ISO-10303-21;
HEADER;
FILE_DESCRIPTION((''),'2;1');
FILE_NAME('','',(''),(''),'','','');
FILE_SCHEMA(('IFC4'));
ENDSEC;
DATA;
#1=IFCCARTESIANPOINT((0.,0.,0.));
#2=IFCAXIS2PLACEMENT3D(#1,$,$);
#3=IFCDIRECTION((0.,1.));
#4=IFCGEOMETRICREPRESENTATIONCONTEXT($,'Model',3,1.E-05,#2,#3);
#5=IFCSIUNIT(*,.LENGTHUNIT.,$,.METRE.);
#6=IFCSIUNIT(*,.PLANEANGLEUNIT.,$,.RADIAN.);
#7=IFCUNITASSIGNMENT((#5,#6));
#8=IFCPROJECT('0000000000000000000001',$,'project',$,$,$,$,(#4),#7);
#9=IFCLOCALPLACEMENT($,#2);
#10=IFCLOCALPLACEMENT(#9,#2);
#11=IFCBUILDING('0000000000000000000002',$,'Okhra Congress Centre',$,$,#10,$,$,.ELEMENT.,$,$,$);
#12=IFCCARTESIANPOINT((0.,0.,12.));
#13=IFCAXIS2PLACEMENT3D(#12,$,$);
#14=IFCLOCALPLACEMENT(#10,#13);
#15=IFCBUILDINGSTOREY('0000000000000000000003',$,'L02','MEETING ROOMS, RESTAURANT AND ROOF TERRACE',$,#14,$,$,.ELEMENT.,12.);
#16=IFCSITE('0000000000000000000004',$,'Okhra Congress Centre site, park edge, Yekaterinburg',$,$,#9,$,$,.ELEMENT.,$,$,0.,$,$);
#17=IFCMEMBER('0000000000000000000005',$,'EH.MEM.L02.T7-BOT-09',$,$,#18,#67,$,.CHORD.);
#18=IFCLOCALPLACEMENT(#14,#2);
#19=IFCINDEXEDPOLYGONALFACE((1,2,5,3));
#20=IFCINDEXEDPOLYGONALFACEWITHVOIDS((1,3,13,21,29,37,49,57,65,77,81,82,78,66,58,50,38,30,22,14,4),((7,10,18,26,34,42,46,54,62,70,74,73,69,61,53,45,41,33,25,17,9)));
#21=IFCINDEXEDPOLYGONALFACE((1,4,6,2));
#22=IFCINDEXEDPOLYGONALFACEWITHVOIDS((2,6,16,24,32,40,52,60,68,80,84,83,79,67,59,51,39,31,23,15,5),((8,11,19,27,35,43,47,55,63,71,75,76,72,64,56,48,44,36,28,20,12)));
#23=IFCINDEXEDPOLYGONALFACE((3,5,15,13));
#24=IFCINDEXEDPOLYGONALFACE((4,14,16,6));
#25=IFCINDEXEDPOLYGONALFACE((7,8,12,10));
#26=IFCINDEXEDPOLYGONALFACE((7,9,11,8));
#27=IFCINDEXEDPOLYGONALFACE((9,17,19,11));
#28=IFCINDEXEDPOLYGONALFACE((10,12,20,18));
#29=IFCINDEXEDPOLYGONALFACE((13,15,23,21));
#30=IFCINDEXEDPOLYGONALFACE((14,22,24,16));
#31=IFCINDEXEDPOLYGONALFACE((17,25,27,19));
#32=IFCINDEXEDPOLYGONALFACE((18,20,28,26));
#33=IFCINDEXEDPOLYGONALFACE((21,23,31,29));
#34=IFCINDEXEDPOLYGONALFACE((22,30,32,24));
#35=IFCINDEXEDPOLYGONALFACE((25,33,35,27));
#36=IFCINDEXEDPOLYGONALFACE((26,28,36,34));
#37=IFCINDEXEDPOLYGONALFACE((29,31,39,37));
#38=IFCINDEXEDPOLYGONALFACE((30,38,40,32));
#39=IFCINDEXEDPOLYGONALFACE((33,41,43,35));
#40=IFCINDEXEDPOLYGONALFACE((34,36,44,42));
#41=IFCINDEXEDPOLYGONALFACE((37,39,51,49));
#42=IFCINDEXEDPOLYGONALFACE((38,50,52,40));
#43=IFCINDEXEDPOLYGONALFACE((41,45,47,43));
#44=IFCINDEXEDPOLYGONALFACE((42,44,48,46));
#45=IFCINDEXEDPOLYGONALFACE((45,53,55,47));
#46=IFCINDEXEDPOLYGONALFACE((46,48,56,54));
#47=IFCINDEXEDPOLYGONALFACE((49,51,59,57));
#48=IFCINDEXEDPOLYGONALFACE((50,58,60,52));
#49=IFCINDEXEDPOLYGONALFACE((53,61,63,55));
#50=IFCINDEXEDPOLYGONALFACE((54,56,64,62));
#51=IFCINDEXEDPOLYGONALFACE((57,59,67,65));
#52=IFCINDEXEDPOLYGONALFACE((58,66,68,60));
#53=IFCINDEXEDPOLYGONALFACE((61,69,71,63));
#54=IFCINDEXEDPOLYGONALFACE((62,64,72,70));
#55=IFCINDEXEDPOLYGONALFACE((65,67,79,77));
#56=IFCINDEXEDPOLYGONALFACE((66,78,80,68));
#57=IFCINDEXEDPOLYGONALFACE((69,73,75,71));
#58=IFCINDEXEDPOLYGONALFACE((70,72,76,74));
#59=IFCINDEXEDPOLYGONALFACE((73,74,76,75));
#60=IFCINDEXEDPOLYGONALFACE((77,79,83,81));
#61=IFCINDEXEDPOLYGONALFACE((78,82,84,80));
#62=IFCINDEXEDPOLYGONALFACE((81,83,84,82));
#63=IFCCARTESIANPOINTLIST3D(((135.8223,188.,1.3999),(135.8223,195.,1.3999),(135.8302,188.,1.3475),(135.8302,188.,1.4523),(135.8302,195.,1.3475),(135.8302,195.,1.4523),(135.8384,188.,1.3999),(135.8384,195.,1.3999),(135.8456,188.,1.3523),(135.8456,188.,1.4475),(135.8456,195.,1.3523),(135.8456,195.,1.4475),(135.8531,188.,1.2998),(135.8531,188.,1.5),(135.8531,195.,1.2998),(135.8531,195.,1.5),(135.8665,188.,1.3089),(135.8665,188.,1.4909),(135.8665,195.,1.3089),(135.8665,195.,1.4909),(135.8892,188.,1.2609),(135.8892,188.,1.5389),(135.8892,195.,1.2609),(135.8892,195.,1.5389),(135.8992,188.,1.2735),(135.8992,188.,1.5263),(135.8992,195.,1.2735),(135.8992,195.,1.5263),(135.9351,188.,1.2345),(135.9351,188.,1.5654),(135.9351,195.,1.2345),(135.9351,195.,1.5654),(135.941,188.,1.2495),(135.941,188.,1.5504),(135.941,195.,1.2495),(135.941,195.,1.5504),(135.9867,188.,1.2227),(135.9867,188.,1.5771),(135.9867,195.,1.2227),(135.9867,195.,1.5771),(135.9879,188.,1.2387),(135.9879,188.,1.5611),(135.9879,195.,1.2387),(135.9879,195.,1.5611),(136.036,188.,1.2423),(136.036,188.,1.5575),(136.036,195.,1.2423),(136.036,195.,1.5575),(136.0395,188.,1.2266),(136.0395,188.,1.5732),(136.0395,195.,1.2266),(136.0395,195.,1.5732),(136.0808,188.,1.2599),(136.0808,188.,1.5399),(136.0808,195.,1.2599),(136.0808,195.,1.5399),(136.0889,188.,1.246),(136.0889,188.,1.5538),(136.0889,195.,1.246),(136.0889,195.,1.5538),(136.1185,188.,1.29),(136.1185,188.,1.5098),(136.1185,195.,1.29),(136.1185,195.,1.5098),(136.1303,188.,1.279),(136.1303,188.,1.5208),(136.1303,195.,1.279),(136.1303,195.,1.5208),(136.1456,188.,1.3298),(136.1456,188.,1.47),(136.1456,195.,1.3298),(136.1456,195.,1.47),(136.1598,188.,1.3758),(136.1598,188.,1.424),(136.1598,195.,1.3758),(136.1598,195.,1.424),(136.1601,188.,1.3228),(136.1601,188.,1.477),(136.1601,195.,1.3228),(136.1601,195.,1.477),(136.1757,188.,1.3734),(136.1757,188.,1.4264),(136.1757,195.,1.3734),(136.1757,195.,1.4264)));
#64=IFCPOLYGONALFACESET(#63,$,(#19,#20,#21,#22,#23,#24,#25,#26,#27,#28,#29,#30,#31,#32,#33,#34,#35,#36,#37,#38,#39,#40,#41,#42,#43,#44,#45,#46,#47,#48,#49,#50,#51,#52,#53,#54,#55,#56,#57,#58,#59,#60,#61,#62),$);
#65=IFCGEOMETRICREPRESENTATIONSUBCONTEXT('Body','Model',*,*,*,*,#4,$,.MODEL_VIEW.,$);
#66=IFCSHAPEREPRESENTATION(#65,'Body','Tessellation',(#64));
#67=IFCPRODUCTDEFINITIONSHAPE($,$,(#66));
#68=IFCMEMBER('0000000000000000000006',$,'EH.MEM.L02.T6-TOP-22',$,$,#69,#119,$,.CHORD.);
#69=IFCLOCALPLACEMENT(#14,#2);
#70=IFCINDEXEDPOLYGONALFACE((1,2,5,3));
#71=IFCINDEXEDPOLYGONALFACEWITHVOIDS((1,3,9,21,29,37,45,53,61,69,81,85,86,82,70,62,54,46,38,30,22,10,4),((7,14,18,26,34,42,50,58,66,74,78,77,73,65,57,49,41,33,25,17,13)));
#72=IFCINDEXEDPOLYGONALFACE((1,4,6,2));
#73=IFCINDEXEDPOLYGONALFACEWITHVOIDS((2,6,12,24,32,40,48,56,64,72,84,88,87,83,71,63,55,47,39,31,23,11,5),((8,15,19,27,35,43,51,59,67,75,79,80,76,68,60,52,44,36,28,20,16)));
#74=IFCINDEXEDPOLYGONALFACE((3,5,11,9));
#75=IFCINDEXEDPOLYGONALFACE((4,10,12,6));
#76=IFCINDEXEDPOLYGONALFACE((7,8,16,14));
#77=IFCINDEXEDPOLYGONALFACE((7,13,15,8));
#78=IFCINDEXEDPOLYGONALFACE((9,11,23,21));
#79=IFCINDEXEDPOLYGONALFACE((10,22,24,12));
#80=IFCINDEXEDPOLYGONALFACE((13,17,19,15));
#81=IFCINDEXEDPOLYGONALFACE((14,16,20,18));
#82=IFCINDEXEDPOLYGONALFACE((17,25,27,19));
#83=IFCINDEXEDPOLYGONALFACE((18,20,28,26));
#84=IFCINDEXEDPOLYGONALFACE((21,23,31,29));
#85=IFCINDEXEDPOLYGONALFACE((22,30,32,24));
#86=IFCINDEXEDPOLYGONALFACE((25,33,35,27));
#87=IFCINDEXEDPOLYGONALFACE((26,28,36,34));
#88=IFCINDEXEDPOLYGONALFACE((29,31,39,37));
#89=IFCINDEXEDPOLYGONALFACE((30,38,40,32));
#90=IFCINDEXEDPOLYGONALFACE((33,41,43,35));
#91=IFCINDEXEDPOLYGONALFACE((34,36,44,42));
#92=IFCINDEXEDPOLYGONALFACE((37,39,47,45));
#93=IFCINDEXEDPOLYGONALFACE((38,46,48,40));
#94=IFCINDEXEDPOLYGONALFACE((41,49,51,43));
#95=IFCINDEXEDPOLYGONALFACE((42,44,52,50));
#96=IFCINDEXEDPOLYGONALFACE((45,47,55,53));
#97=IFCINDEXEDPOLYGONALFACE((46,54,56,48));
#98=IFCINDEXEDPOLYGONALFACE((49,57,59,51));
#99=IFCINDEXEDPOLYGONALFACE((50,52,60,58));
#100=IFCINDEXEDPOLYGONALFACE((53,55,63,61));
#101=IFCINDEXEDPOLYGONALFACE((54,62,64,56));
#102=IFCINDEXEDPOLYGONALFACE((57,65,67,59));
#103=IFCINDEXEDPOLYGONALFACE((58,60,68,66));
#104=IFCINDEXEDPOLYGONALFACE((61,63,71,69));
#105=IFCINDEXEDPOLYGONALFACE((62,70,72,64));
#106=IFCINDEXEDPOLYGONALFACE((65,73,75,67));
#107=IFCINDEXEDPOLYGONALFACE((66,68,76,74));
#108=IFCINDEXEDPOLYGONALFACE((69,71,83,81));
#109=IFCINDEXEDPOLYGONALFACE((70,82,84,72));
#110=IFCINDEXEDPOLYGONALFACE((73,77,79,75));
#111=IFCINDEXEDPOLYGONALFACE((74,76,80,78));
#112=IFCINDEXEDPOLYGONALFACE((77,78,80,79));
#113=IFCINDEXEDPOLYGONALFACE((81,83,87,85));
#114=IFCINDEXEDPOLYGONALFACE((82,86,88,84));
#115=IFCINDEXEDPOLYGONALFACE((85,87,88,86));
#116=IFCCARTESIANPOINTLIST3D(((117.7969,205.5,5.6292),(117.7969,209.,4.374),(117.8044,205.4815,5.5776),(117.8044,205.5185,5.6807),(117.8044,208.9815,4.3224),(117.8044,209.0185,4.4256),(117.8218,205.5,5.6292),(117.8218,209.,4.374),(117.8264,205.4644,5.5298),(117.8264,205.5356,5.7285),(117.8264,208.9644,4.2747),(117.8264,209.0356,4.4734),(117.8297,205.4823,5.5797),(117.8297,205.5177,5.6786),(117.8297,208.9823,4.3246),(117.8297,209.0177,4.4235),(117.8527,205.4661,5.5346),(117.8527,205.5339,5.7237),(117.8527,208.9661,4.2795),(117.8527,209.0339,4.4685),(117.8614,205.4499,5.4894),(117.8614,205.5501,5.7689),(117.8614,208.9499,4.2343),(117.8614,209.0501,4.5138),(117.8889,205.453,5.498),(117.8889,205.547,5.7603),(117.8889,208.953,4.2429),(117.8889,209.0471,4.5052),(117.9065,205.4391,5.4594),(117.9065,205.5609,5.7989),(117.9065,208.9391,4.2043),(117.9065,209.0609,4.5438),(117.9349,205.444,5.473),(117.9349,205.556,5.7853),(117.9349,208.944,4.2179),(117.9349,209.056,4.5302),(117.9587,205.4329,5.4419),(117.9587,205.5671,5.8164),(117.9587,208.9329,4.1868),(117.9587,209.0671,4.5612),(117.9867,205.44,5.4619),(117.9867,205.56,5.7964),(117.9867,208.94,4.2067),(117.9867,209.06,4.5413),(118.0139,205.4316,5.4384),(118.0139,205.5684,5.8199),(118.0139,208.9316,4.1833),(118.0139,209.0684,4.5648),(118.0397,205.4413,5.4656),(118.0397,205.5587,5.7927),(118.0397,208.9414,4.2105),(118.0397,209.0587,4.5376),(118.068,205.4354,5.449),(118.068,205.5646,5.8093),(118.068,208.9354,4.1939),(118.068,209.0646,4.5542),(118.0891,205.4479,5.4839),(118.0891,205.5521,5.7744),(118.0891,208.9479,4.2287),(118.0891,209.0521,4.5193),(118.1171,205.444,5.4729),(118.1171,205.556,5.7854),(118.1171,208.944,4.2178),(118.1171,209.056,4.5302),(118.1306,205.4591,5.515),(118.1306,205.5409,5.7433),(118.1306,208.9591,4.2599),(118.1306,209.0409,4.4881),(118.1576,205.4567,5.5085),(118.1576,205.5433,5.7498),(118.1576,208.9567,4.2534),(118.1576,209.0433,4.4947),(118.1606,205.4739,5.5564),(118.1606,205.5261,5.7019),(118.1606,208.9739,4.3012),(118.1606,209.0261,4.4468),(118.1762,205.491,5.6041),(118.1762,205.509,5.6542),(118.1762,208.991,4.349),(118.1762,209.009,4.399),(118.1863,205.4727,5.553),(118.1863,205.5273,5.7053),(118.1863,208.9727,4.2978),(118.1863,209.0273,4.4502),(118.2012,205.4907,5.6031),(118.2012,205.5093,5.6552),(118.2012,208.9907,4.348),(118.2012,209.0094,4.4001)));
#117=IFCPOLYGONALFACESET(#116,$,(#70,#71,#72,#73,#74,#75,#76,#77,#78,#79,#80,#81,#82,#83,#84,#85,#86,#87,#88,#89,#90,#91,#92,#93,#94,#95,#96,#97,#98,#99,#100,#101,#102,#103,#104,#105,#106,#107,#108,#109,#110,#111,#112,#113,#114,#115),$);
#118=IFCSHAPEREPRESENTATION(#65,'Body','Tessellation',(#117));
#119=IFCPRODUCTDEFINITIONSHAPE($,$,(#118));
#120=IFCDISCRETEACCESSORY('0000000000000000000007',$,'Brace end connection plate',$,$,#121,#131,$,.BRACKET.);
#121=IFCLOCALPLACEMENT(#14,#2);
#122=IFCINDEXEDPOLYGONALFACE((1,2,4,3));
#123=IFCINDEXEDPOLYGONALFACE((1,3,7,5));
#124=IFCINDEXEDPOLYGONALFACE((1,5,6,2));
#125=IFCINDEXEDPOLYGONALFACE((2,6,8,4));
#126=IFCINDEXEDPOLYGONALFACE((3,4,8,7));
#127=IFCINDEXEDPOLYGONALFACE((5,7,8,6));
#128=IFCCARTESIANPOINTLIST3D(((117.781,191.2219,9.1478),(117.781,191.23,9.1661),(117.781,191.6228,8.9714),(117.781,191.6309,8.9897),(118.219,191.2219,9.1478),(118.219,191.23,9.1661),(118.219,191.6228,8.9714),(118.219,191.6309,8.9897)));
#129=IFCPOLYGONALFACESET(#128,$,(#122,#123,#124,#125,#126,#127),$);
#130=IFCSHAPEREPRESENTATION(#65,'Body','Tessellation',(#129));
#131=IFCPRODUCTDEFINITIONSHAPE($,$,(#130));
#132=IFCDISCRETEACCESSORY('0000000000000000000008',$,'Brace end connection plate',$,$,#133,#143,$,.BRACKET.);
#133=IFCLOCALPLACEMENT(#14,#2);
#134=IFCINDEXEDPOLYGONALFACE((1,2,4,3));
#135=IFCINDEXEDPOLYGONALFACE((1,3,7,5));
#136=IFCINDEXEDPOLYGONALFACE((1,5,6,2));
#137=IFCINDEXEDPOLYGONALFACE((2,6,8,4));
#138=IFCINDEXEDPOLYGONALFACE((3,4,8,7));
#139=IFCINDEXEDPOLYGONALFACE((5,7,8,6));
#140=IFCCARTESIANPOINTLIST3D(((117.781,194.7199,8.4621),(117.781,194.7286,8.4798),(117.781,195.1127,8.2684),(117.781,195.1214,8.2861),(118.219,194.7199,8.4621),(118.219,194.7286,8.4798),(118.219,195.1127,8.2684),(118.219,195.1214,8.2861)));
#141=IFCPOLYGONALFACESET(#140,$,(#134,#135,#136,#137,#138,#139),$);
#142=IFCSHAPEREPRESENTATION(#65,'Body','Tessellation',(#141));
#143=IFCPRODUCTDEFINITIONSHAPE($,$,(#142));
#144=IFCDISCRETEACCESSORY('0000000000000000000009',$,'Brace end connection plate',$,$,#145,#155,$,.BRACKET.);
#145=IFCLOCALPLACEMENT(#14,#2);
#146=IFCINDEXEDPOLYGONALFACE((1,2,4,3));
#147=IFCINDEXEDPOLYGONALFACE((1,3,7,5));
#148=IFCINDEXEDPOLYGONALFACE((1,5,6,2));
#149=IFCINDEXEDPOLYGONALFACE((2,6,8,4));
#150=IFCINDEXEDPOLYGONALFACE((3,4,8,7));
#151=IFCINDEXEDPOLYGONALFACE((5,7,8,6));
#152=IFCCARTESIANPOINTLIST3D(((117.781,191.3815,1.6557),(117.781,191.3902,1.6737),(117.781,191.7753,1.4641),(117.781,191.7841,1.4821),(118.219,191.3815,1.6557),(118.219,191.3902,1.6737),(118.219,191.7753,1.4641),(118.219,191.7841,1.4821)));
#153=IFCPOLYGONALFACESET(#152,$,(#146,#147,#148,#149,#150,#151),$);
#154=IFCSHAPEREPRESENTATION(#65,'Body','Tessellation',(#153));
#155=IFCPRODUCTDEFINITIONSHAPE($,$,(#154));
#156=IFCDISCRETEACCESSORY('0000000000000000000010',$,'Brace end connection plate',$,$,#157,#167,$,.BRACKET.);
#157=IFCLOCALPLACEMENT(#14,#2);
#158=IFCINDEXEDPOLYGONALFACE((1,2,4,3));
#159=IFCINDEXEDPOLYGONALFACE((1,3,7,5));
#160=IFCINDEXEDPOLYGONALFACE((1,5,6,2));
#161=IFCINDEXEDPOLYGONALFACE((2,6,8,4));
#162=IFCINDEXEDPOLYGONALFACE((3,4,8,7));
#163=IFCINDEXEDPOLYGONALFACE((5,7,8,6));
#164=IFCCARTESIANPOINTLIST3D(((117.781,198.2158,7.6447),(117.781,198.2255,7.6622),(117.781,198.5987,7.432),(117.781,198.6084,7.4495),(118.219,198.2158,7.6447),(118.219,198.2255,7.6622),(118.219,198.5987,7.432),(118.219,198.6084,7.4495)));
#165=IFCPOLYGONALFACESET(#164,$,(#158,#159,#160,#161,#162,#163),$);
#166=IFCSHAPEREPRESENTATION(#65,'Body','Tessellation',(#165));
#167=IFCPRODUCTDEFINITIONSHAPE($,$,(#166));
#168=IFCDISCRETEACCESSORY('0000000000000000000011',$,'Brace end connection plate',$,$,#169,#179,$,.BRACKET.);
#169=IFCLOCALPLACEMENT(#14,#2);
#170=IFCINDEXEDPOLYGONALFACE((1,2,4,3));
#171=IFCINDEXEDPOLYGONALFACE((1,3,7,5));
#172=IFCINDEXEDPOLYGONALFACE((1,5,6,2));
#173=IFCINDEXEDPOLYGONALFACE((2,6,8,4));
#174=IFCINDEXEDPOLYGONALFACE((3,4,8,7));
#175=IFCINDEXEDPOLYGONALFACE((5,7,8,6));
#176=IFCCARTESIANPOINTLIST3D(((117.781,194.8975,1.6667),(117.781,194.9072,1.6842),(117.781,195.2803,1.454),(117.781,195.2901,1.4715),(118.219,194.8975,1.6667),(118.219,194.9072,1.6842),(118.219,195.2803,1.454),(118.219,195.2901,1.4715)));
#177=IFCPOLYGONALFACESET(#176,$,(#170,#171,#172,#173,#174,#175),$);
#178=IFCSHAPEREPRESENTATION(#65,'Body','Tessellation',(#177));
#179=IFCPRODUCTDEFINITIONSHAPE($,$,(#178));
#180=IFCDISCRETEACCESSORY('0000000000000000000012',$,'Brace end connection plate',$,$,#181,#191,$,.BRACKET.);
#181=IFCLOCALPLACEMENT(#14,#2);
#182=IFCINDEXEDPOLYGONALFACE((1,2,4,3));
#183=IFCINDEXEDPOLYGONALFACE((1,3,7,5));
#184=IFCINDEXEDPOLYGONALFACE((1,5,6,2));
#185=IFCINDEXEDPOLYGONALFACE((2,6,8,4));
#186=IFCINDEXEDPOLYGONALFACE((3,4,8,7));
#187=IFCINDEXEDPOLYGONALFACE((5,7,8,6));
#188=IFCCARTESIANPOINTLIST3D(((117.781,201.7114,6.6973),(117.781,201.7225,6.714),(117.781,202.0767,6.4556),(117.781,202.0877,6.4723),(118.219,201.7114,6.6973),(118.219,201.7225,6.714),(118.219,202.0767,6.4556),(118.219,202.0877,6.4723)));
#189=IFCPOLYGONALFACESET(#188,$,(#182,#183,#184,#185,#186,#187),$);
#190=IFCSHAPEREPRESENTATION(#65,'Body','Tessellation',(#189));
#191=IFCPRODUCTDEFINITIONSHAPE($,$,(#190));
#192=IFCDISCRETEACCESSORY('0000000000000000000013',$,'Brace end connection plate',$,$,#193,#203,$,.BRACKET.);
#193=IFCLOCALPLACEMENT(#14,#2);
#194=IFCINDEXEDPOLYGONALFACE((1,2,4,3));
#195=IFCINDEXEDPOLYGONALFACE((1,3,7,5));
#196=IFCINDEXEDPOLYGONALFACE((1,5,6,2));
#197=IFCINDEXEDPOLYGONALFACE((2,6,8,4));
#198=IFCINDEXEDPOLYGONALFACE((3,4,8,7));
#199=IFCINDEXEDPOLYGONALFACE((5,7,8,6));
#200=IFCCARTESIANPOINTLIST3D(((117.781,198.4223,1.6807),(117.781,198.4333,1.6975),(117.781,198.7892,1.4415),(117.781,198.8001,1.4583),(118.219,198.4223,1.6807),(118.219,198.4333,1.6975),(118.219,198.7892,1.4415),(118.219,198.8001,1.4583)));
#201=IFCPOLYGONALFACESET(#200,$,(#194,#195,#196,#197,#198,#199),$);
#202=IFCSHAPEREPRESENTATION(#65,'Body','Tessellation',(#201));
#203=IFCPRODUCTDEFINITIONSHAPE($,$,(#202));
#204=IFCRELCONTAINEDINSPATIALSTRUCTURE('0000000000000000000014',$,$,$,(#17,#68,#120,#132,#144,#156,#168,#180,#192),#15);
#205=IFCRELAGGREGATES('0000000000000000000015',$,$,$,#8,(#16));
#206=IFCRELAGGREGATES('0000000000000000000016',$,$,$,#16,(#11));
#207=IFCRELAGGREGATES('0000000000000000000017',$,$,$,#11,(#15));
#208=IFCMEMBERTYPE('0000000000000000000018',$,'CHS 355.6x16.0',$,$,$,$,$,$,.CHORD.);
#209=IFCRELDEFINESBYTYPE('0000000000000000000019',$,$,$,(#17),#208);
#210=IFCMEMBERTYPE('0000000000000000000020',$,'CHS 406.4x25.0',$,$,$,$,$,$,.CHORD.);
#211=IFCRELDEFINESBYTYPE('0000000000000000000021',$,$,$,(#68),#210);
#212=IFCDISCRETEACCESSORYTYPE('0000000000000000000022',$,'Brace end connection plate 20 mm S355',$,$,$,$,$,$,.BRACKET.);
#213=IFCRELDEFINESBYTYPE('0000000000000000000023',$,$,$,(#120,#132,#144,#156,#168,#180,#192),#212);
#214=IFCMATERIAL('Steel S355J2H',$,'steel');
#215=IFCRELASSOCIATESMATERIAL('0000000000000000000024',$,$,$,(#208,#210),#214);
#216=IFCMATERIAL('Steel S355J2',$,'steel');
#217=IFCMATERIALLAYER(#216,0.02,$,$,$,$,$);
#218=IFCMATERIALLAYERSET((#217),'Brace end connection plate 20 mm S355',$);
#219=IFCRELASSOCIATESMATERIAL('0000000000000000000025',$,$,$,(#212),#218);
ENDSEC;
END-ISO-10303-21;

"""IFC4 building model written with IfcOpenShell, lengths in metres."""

from ifc_helpers import new_model, si_unit, direction, frame, origin, origin_2d, place, context, subcontext, project, spatial, rectangle, hollow_circle, extrude, material, layer, layer_set, material_profile, profile_set, type_object, element, save


model = new_model("IFC4")

# Units and contexts
model_context = context("Model", 3, precision=1e-05, world=origin(), true_north=direction((0.0, 1.0)))
body_context = subcontext(model_context, "Body", "Model", "MODEL_VIEW")
ifc_project = project(units=[si_unit("LENGTHUNIT", "METRE"), si_unit("PLANEANGLEUNIT", "RADIAN")], contexts=[model_context])

# Site, building, storey
site_placement = place(None, origin())
site = spatial("IfcSite", under=ifc_project, at=site_placement, Name="Okhra Congress Centre site, park edge, Yekaterinburg", CompositionType="ELEMENT", RefElevation=0.0)
building_placement = place(site_placement, origin())
building = spatial("IfcBuilding", under=site, at=building_placement, Name="Okhra Congress Centre", CompositionType="ELEMENT")
storey_placement = place(building_placement, frame((0.0, 0.0, 12.0)))
storey = spatial("IfcBuildingStorey", under=building, at=storey_placement, Name="L02", Description="MEETING ROOMS, RESTAURANT AND ROOF TERRACE", CompositionType="ELEMENT", Elevation=12.0)

# Members
ifc_material_1 = material(Name="Steel S355J2H", Category="steel")
ifc_material_profile_1 = material_profile(ifc_material_1, hollow_circle(Radius=0.1777, WallThickness=0.0161, at=origin_2d()), Name="CHS 355.6x16.0")
ifc_profile_set_1 = profile_set([ifc_material_profile_1], Name="Steel S355J2H")
member_type_1 = type_object("IfcMemberType", Name="CHS 355.6x16.0", PredefinedType="CHORD", material=ifc_profile_set_1)
for number, where, z_axis, x_axis, name in (
    (1, (136.0, 188.0, 1.3999), (0.0, 1.0, 0.0), (-1.0, 0.0, 0.0), "EH.MEM.L02.T7-BOT-09"),
):
    element("IfcMember", number, at=place(storey_placement, frame(where, z_axis=z_axis, x_axis=x_axis)), inside=storey, type_object=member_type_1, Name=name, PredefinedType="CHORD", context=body_context, shape_type="SweptSolid", body=[
        extrude(hollow_circle(Radius=0.1777, WallThickness=0.0161, at=origin_2d()), origin(), (0.0, 0.0, 1.0), 7.0),
    ])
ifc_material_profile_2 = material_profile(ifc_material_1, hollow_circle(Radius=0.2031, WallThickness=0.0249, at=origin_2d()), Name="CHS 406.4x25.0")
ifc_profile_set_2 = profile_set([ifc_material_profile_2], Name="Steel S355J2H")
member_type_2 = type_object("IfcMemberType", Name="CHS 406.4x25.0", PredefinedType="CHORD", material=ifc_profile_set_2)
member_1_placement = place(storey_placement, frame((118.0, 205.5, 5.6292), z_axis=(0.0, 0.941304, -0.337559), x_axis=(-1.0, 0.0, 0.0)))
element("IfcMember", 2, at=member_1_placement, inside=storey, type_object=member_type_2, Name="EH.MEM.L02.T6-TOP-22", PredefinedType="CHORD", context=body_context, shape_type="SweptSolid", body=[
    extrude(hollow_circle(Radius=0.2031, WallThickness=0.0249, at=origin_2d()), origin(), (0.0, 0.0, 1.0), 3.7183),
])

# Discrete accessories
ifc_material_2 = material(Name="Steel S355J2", Category="steel")
ifc_layer = layer(ifc_material_2, 0.02)
ifc_layer_set = layer_set([ifc_layer], Name="Brace end connection plate 20 mm S355")
discrete_accessory_type = type_object("IfcDiscreteAccessoryType", Name="Brace end connection plate 20 mm S355", PredefinedType="BRACKET", material=ifc_layer_set)
discrete_accessory_1_placement = place(storey_placement, frame((118.0, 191.4224, 9.0596), z_axis=(0.0, 0.402739, 0.915315), x_axis=(-1.0, 0.0, 0.0)))
element("IfcDiscreteAccessory", 3, at=discrete_accessory_1_placement, inside=storey, type_object=discrete_accessory_type, Name="Brace end connection plate", PredefinedType="BRACKET", context=body_context, shape_type="SweptSolid", body=[
    extrude(rectangle(XDim=0.438, YDim=0.438, at=origin_2d()), origin(), (0.0, 0.0, 1.0), 0.02),
])
discrete_accessory_2_placement = place(storey_placement, frame((118.0, 194.9163, 8.3652), z_axis=(0.0, 0.442292, 0.896871), x_axis=(-1.0, 0.0, 0.0)))
element("IfcDiscreteAccessory", 4, at=discrete_accessory_2_placement, inside=storey, type_object=discrete_accessory_type, Name="Brace end connection plate", PredefinedType="BRACKET", context=body_context, shape_type="SweptSolid", body=[
    extrude(rectangle(XDim=0.438, YDim=0.438, at=origin_2d()), origin(), (0.0, 0.0, 1.0), 0.0198),
])
for number, where, z_axis, x_axis, name in (
    (5, (118.0, 191.5872, 1.5779), (0.0, -0.437466, -0.899235), (1.0, 0.0, 0.0), "Brace end connection plate"),
    (6, (118.0, 198.4072, 7.5383), (0.0, 0.485643, 0.874157), (-1.0, 0.0, 0.0), "Brace end connection plate"),
    (7, (118.0, 195.0986, 1.5779), (0.0, -0.485643, -0.874157), (1.0, 0.0, 0.0), "Brace end connection plate"),
    (8, (118.0, 201.894, 6.5764), (0.0, 0.551867, 0.833932), (-1.0, 0.0, 0.0), "Brace end connection plate"),
    (9, (118.0, 198.6167, 1.5779), (0.0, -0.546268, -0.837611), (1.0, 0.0, 0.0), "Brace end connection plate"),
):
    element("IfcDiscreteAccessory", number, at=place(storey_placement, frame(where, z_axis=z_axis, x_axis=x_axis)), inside=storey, type_object=discrete_accessory_type, Name=name, PredefinedType="BRACKET", context=body_context, shape_type="SweptSolid", body=[
        extrude(rectangle(XDim=0.438, YDim=0.438, at=origin_2d()), origin(), (0.0, 0.0, 1.0), 0.02),
    ])

save(model, "model.ifc")
